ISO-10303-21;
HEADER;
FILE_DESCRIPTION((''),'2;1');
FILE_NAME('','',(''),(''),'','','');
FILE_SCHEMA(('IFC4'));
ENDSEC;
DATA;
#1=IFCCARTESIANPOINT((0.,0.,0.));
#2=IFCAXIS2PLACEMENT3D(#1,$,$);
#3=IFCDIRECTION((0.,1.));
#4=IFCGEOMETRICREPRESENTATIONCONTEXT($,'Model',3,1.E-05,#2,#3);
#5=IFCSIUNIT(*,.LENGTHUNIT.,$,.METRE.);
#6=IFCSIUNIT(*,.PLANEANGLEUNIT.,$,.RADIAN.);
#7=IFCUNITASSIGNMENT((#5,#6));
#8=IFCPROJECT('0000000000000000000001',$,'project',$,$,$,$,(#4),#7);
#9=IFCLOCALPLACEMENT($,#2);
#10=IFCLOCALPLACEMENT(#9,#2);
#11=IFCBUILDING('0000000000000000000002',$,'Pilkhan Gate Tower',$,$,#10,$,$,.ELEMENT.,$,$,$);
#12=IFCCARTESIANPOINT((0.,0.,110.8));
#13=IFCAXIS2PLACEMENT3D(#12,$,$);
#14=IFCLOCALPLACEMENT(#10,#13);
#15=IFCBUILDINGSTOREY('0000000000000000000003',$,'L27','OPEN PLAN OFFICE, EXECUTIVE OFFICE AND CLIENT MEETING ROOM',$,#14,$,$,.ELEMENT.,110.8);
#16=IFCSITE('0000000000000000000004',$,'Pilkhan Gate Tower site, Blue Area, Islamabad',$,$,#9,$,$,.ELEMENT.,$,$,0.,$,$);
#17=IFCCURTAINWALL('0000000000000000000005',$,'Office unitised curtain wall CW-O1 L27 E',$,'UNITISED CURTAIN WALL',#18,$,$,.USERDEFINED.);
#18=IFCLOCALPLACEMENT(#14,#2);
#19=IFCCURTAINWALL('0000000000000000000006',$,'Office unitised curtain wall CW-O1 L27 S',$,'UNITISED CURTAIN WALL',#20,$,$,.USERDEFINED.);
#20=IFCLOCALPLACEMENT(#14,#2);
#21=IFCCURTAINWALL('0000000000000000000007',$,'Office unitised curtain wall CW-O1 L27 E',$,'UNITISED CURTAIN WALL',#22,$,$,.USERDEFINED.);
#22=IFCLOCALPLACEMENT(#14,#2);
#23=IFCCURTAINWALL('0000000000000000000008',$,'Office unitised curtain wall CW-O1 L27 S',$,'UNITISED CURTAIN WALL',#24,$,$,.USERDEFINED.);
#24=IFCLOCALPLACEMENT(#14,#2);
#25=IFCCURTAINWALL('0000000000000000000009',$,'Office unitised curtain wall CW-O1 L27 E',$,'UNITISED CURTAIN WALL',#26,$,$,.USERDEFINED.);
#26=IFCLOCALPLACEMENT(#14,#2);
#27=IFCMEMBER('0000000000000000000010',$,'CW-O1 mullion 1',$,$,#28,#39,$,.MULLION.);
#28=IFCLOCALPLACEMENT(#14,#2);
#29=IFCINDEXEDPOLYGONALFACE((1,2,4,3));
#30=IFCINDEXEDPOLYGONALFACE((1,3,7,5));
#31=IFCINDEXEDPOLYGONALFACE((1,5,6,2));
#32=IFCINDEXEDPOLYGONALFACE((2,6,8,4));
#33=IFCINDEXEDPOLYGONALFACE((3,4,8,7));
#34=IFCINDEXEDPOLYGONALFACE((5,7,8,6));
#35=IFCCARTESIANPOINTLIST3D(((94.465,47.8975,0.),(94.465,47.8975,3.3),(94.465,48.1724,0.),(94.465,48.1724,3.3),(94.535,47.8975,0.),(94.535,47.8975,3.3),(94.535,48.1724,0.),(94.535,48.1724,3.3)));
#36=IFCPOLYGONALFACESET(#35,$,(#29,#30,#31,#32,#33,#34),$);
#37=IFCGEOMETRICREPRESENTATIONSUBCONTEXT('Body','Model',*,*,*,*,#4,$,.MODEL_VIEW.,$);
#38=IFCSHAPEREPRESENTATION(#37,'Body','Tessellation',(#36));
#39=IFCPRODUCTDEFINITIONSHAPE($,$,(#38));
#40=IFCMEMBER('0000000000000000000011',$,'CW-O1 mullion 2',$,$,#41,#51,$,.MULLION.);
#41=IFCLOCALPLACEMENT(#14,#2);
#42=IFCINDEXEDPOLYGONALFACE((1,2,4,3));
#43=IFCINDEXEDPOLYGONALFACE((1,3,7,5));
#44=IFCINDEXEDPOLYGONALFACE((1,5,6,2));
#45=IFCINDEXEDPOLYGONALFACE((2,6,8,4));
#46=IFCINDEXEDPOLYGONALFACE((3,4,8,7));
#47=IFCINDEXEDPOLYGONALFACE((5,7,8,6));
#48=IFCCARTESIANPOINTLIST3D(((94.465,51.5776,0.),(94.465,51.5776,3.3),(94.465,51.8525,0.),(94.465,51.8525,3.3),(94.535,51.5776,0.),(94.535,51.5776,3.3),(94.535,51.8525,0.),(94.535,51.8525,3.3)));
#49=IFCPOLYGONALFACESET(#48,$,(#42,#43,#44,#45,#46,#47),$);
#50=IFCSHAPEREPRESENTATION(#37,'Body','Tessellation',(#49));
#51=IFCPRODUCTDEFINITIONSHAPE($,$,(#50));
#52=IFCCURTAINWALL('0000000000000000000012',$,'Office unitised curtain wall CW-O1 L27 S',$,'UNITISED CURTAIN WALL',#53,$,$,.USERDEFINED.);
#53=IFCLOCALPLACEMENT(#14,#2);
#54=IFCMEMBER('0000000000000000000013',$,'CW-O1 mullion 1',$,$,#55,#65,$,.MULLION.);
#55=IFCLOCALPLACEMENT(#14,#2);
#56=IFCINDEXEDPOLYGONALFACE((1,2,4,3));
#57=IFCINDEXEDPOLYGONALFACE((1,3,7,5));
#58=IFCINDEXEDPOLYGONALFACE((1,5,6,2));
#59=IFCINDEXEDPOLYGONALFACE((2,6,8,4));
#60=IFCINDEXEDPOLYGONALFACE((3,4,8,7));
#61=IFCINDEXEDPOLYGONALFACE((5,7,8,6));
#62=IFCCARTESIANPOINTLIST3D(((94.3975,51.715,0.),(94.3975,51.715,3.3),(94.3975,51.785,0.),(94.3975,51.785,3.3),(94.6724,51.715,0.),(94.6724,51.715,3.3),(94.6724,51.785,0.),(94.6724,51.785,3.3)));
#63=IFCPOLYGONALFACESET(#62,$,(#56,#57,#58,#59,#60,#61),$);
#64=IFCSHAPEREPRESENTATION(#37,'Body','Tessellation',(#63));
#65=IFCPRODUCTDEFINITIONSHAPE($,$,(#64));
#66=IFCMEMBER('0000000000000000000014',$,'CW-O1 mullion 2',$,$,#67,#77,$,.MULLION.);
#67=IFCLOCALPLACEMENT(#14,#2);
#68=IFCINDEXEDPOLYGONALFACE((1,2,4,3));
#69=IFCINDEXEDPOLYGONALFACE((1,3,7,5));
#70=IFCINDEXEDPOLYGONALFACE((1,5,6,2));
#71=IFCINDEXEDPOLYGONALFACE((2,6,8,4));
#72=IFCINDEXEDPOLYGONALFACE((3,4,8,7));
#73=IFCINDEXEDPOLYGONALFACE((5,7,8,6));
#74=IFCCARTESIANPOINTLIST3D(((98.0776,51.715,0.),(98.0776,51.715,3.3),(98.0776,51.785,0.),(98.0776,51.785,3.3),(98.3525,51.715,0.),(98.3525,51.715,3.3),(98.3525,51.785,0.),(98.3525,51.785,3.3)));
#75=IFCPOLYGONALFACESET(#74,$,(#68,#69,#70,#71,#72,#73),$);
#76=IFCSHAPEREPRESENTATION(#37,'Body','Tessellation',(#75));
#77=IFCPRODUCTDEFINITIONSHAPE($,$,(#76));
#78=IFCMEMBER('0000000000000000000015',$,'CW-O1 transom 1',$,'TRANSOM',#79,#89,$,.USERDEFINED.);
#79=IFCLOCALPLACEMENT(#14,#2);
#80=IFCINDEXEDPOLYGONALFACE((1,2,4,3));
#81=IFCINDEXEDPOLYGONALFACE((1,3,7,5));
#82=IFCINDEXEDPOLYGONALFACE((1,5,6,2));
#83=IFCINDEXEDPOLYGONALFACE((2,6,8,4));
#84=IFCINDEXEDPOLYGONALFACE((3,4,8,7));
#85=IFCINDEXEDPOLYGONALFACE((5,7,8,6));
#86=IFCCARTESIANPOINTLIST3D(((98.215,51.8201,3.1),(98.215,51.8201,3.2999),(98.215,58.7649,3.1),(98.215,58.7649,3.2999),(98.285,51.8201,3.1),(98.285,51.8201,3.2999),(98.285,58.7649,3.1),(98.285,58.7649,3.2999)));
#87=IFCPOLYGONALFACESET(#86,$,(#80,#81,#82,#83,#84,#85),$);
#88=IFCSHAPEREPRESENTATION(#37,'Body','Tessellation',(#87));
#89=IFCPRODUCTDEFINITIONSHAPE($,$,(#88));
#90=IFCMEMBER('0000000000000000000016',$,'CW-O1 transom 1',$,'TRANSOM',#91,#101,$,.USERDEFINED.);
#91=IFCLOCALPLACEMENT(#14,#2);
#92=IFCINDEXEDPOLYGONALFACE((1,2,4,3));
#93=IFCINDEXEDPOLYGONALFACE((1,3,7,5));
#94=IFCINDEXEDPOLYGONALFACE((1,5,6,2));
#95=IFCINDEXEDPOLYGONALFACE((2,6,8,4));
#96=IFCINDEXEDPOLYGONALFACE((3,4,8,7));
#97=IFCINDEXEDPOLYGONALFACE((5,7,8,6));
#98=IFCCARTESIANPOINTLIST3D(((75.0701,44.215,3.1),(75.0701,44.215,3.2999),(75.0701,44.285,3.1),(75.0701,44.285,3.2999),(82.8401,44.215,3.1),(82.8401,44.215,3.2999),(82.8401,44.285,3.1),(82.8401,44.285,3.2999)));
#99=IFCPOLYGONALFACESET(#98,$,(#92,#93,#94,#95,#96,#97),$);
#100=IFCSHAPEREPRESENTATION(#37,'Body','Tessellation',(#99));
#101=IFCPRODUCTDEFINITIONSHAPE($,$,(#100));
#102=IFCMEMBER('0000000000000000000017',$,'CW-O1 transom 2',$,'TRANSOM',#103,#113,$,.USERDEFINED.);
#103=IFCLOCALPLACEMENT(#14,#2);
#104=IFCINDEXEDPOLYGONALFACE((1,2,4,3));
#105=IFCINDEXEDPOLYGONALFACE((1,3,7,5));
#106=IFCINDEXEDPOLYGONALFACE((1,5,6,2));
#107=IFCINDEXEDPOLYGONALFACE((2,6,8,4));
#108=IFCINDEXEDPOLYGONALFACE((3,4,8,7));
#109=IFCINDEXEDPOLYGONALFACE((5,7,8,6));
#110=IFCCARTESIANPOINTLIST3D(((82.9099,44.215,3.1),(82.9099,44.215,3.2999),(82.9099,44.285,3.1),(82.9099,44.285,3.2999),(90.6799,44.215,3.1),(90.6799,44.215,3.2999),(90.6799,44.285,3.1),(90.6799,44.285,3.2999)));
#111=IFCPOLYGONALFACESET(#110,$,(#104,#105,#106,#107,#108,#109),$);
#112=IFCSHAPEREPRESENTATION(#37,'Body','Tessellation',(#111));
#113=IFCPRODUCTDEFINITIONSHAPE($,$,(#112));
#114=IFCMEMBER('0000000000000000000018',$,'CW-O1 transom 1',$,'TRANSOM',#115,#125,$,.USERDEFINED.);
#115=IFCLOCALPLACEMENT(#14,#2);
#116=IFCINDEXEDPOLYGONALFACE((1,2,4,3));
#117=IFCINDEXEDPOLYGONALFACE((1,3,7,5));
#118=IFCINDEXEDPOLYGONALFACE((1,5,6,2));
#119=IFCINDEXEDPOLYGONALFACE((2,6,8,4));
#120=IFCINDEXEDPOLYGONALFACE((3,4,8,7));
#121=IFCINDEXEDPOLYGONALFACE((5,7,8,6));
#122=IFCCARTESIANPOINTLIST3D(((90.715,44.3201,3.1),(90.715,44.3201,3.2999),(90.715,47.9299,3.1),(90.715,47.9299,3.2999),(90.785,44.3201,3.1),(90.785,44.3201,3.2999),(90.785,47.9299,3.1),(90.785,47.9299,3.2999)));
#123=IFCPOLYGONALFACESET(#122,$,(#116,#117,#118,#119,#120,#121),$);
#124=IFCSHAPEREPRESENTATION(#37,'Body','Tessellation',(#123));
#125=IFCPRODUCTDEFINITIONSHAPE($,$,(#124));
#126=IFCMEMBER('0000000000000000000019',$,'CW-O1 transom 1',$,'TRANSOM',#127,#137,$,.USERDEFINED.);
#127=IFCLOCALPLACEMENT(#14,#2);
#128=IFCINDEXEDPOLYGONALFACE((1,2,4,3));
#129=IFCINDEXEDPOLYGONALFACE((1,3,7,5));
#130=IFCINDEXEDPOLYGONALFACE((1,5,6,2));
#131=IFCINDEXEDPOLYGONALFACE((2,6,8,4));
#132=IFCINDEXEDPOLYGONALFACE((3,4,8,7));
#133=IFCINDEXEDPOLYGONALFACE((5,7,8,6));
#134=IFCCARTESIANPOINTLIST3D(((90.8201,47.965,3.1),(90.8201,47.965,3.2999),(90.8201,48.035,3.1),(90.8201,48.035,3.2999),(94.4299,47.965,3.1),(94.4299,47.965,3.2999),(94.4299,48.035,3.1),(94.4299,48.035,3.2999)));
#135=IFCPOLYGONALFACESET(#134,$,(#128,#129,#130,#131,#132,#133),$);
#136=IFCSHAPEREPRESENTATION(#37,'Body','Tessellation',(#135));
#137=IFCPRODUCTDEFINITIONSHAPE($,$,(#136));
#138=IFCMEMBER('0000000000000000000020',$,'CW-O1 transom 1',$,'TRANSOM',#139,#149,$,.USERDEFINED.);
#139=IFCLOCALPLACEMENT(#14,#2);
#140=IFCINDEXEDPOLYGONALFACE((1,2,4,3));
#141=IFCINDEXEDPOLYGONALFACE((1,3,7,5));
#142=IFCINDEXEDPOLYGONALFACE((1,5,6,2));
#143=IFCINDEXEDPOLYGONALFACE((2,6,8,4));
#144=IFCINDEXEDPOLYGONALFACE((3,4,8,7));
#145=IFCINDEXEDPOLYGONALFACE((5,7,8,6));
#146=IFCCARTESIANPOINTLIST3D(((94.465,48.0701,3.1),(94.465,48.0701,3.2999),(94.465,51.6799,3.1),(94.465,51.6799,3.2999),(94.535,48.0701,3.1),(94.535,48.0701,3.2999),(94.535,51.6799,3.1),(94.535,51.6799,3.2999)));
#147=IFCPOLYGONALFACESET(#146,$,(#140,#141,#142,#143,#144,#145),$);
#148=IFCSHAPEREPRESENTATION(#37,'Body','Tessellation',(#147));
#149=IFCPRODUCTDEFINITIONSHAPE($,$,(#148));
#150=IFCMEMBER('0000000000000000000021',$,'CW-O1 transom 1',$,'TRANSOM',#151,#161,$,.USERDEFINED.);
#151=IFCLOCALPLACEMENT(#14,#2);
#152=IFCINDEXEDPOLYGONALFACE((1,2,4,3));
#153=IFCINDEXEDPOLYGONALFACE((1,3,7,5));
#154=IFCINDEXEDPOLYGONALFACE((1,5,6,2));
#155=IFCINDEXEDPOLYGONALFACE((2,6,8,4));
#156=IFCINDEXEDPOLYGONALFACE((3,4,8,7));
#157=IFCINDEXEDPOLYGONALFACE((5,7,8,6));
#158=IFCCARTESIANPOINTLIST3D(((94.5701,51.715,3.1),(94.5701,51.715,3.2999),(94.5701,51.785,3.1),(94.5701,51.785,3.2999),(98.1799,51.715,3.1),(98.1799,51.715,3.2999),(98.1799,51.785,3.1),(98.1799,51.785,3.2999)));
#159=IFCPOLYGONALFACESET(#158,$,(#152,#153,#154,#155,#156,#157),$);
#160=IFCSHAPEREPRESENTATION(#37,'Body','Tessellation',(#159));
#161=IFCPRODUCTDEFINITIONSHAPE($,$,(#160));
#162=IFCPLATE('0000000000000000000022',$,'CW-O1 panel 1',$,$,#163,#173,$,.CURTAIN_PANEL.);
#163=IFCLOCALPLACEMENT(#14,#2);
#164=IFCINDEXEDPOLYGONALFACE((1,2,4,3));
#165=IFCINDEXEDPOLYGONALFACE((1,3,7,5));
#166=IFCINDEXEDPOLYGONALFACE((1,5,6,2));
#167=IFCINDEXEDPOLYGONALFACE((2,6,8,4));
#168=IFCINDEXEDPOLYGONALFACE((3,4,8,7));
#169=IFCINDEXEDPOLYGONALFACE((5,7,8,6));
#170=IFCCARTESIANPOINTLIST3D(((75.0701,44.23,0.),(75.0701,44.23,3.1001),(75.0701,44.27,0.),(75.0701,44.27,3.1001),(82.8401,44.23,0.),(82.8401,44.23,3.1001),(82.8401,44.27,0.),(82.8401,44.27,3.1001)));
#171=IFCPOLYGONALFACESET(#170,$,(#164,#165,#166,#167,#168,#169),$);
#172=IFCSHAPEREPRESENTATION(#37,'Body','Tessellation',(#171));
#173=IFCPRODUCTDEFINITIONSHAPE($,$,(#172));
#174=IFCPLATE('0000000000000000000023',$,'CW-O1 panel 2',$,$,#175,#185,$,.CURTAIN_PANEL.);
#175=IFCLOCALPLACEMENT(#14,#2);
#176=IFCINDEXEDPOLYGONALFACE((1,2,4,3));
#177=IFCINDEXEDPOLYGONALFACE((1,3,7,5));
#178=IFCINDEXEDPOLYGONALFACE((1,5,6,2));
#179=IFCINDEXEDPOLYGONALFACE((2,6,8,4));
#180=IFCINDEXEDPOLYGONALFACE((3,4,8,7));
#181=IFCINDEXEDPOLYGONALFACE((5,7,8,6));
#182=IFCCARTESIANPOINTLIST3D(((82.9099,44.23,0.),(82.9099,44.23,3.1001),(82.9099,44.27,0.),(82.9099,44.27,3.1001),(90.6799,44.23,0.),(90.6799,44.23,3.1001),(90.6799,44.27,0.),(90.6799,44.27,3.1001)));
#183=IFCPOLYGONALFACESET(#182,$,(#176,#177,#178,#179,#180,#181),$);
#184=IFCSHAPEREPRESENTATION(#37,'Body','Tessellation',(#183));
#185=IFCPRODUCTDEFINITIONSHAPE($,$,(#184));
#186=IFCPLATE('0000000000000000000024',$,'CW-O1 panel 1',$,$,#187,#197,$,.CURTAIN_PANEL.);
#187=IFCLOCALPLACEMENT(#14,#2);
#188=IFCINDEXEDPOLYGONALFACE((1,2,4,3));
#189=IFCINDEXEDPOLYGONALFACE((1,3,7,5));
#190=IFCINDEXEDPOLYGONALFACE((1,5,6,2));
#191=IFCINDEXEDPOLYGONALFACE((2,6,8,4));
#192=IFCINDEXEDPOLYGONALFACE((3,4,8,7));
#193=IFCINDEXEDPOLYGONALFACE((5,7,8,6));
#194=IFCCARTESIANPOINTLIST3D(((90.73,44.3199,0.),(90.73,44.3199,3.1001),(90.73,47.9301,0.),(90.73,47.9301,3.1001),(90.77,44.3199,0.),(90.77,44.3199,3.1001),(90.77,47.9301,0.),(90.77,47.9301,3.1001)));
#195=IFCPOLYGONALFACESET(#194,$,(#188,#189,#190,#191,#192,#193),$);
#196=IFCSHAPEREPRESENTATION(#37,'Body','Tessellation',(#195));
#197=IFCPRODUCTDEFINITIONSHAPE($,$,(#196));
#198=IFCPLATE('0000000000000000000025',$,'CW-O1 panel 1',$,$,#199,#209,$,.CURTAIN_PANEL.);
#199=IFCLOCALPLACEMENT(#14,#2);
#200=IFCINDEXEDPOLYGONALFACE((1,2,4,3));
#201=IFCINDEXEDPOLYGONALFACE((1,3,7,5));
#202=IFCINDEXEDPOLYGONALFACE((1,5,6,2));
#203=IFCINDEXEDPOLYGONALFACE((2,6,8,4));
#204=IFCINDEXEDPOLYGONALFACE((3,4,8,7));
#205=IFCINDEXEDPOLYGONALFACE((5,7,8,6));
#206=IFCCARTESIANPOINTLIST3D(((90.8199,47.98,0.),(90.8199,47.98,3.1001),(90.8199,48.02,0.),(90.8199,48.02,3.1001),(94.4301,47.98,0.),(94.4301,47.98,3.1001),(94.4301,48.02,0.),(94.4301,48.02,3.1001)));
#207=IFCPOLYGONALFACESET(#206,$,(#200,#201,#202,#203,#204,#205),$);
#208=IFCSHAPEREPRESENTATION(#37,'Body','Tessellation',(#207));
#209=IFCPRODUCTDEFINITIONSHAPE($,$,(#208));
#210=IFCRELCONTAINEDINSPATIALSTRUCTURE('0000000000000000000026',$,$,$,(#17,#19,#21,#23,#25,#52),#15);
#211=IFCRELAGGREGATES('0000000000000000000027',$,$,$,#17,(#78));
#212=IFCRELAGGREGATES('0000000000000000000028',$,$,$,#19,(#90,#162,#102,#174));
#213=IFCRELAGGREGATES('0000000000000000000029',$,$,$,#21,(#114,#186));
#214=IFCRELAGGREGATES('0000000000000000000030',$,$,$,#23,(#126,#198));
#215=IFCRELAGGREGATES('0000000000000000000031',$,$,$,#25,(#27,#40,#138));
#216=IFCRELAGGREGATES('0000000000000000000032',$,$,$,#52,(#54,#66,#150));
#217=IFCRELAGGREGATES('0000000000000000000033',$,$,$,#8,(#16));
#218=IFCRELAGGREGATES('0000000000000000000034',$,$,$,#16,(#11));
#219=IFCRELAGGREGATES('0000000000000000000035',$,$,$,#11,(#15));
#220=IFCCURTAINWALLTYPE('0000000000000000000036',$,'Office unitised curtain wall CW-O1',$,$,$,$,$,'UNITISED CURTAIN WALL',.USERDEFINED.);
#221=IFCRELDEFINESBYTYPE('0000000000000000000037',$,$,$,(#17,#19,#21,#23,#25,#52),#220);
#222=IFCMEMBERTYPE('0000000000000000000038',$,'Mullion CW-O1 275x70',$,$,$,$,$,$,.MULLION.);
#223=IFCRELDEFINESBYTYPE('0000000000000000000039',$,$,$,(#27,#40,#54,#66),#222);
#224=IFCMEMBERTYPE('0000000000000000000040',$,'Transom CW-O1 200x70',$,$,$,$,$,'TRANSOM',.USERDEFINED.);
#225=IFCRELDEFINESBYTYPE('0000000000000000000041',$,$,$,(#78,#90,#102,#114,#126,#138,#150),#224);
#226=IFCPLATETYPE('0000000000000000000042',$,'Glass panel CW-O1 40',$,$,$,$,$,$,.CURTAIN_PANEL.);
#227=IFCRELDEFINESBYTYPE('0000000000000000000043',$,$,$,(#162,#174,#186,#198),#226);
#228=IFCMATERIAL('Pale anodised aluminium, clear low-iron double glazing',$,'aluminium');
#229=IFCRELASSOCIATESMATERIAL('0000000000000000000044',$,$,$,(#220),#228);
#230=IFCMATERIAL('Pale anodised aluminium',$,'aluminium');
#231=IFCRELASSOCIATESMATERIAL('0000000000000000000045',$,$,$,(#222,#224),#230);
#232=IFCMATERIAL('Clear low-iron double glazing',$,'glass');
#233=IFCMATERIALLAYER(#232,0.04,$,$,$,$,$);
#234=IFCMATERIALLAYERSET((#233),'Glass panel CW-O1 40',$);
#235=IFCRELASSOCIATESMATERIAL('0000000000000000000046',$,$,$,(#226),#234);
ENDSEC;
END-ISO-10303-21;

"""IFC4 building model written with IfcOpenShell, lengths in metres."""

from ifc_helpers import new_model, si_unit, direction, frame, origin, origin_2d, place, context, subcontext, project, spatial, rectangle, extrude, material, layer, layer_set, material_profile, profile_set, type_object, element, aggregate, save


model = new_model("IFC4")

# Units and contexts
model_context = context("Model", 3, precision=1e-05, world=origin(), true_north=direction((0.0, 1.0)))
body_context = subcontext(model_context, "Body", "Model", "MODEL_VIEW")
ifc_project = project(units=[si_unit("LENGTHUNIT", "METRE"), si_unit("PLANEANGLEUNIT", "RADIAN")], contexts=[model_context])

# Site, building, storey
site_placement = place(None, origin())
site = spatial("IfcSite", under=ifc_project, at=site_placement, Name="Pilkhan Gate Tower site, Blue Area, Islamabad", CompositionType="ELEMENT", RefElevation=0.0)
building_placement = place(site_placement, origin())
building = spatial("IfcBuilding", under=site, at=building_placement, Name="Pilkhan Gate Tower", CompositionType="ELEMENT")
storey_placement = place(building_placement, frame((0.0, 0.0, 110.8)))
storey = spatial("IfcBuildingStorey", under=building, at=storey_placement, Name="L27", Description="OPEN PLAN OFFICE, EXECUTIVE OFFICE AND CLIENT MEETING ROOM", CompositionType="ELEMENT", Elevation=110.8)

# Curtain wall
ifc_material_1 = material(Name="Pale anodised aluminium, clear low-iron double glazing", Category="aluminium")
curtain_wall_type = type_object("IfcCurtainWallType", Name="Office unitised curtain wall CW-O1", ElementType="UNITISED CURTAIN WALL", PredefinedType="USERDEFINED", material=ifc_material_1)
curtain_wall_1_placement = place(storey_placement, origin())
curtain_wall_1 = element("IfcCurtainWall", 1, at=curtain_wall_1_placement, inside=storey, type_object=curtain_wall_type, Name="Office unitised curtain wall CW-O1 L27 E", ObjectType="UNITISED CURTAIN WALL", PredefinedType="USERDEFINED")
ifc_material_2 = material(Name="Pale anodised aluminium", Category="aluminium")
ifc_material_profile_1 = material_profile(ifc_material_2, rectangle(XDim=0.0701, YDim=0.2749, at=origin_2d()), Name="Mullion 275x70")
ifc_profile_set_1 = profile_set([ifc_material_profile_1], Name="Pale anodised aluminium")
member_type_1 = type_object("IfcMemberType", Name="Mullion CW-O1 275x70", PredefinedType="MULLION", material=ifc_profile_set_1)

# Curtain walls, members
curtain_wall_2_placement = place(storey_placement, origin())
curtain_wall_2 = element("IfcCurtainWall", 2, at=curtain_wall_2_placement, inside=storey, type_object=curtain_wall_type, Name="Office unitised curtain wall CW-O1 L27 S", ObjectType="UNITISED CURTAIN WALL", PredefinedType="USERDEFINED")
curtain_wall_3_placement = place(storey_placement, origin())
curtain_wall_3 = element("IfcCurtainWall", 3, at=curtain_wall_3_placement, inside=storey, type_object=curtain_wall_type, Name="Office unitised curtain wall CW-O1 L27 E", ObjectType="UNITISED CURTAIN WALL", PredefinedType="USERDEFINED")
curtain_wall_4_placement = place(storey_placement, origin())
curtain_wall_4 = element("IfcCurtainWall", 4, at=curtain_wall_4_placement, inside=storey, type_object=curtain_wall_type, Name="Office unitised curtain wall CW-O1 L27 S", ObjectType="UNITISED CURTAIN WALL", PredefinedType="USERDEFINED")
curtain_wall_5_placement = place(storey_placement, origin())
curtain_wall_5 = element("IfcCurtainWall", 5, at=curtain_wall_5_placement, inside=storey, type_object=curtain_wall_type, Name="Office unitised curtain wall CW-O1 L27 E", ObjectType="UNITISED CURTAIN WALL", PredefinedType="USERDEFINED")
member_1_placement = place(storey_placement, frame((94.5, 48.0349, 0.0), z_axis=(0.0, 0.0, 1.0), x_axis=(-1.0, 0.0, 0.0)))
member_1 = element("IfcMember", 6, at=member_1_placement, type_object=member_type_1, Name="CW-O1 mullion 1", PredefinedType="MULLION", context=body_context, shape_type="SweptSolid", body=[
    extrude(rectangle(XDim=0.0701, YDim=0.2749, at=origin_2d()), origin(), (0.0, 0.0, 1.0), 3.3),
])
member_2_placement = place(storey_placement, frame((94.5, 51.7151, 0.0), z_axis=(0.0, 0.0, 1.0), x_axis=(-1.0, 0.0, 0.0)))
member_2 = element("IfcMember", 7, at=member_2_placement, type_object=member_type_1, Name="CW-O1 mullion 2", PredefinedType="MULLION", context=body_context, shape_type="SweptSolid", body=[
    extrude(rectangle(XDim=0.0701, YDim=0.2749, at=origin_2d()), origin(), (0.0, 0.0, 1.0), 3.3),
])
curtain_wall_6_placement = place(storey_placement, origin())
curtain_wall_6 = element("IfcCurtainWall", 8, at=curtain_wall_6_placement, inside=storey, type_object=curtain_wall_type, Name="Office unitised curtain wall CW-O1 L27 S", ObjectType="UNITISED CURTAIN WALL", PredefinedType="USERDEFINED")
member_3_placement = place(storey_placement, frame((94.5349, 51.75, 0.0), z_axis=(0.0, 0.0, 1.0), x_axis=(0.0, 1.0, 0.0)))
member_3 = element("IfcMember", 9, at=member_3_placement, type_object=member_type_1, Name="CW-O1 mullion 1", PredefinedType="MULLION", context=body_context, shape_type="SweptSolid", body=[
    extrude(rectangle(XDim=0.0701, YDim=0.2749, at=origin_2d()), origin(), (0.0, 0.0, 1.0), 3.3),
])
member_4_placement = place(storey_placement, frame((98.2151, 51.75, 0.0), z_axis=(0.0, 0.0, 1.0), x_axis=(0.0, 1.0, 0.0)))
member_4 = element("IfcMember", 10, at=member_4_placement, type_object=member_type_1, Name="CW-O1 mullion 2", PredefinedType="MULLION", context=body_context, shape_type="SweptSolid", body=[
    extrude(rectangle(XDim=0.0701, YDim=0.2749, at=origin_2d()), origin(), (0.0, 0.0, 1.0), 3.3),
])

# Members
ifc_material_profile_2 = material_profile(ifc_material_2, rectangle(XDim=0.0701, YDim=0.2, at=origin_2d()), Name="Transom 200x70")
ifc_profile_set_2 = profile_set([ifc_material_profile_2], Name="Pale anodised aluminium")
member_type_2 = type_object("IfcMemberType", Name="Transom CW-O1 200x70", ElementType="TRANSOM", PredefinedType="USERDEFINED", material=ifc_profile_set_2)
member_5_placement = place(storey_placement, frame((98.25, 51.8201, 3.2), z_axis=(0.0, 1.0, 0.0), x_axis=(-1.0, 0.0, 0.0)))
member_5 = element("IfcMember", 11, at=member_5_placement, type_object=member_type_2, Name="CW-O1 transom 1", ObjectType="TRANSOM", PredefinedType="USERDEFINED", context=body_context, shape_type="SweptSolid", body=[
    extrude(rectangle(XDim=0.0701, YDim=0.2, at=origin_2d()), origin(), (0.0, 0.0, 1.0), 6.9448),
])
aggregate(curtain_wall_1, [member_5])
member_6_placement = place(storey_placement, frame((75.0701, 44.25, 3.2), z_axis=(1.0, 0.0, 0.0), x_axis=(0.0, 1.0, 0.0)))
member_6 = element("IfcMember", 12, at=member_6_placement, type_object=member_type_2, Name="CW-O1 transom 1", ObjectType="TRANSOM", PredefinedType="USERDEFINED", context=body_context, shape_type="SweptSolid", body=[
    extrude(rectangle(XDim=0.0701, YDim=0.2, at=origin_2d()), origin(), (0.0, 0.0, 1.0), 7.77),
])
member_7_placement = place(storey_placement, frame((82.9099, 44.25, 3.2), z_axis=(1.0, 0.0, 0.0), x_axis=(0.0, 1.0, 0.0)))
member_7 = element("IfcMember", 13, at=member_7_placement, type_object=member_type_2, Name="CW-O1 transom 2", ObjectType="TRANSOM", PredefinedType="USERDEFINED", context=body_context, shape_type="SweptSolid", body=[
    extrude(rectangle(XDim=0.0701, YDim=0.2, at=origin_2d()), origin(), (0.0, 0.0, 1.0), 7.77),
])
member_8_placement = place(storey_placement, frame((90.75, 44.3201, 3.2), z_axis=(0.0, 1.0, 0.0), x_axis=(-1.0, 0.0, 0.0)))
member_8 = element("IfcMember", 14, at=member_8_placement, type_object=member_type_2, Name="CW-O1 transom 1", ObjectType="TRANSOM", PredefinedType="USERDEFINED", context=body_context, shape_type="SweptSolid", body=[
    extrude(rectangle(XDim=0.0701, YDim=0.2, at=origin_2d()), origin(), (0.0, 0.0, 1.0), 3.6099),
])
member_9_placement = place(storey_placement, frame((90.8201, 48.0, 3.2), z_axis=(1.0, 0.0, 0.0), x_axis=(0.0, 1.0, 0.0)))
member_9 = element("IfcMember", 15, at=member_9_placement, type_object=member_type_2, Name="CW-O1 transom 1", ObjectType="TRANSOM", PredefinedType="USERDEFINED", context=body_context, shape_type="SweptSolid", body=[
    extrude(rectangle(XDim=0.0701, YDim=0.2, at=origin_2d()), origin(), (0.0, 0.0, 1.0), 3.6099),
])
member_10_placement = place(storey_placement, frame((94.5, 48.0701, 3.2), z_axis=(0.0, 1.0, 0.0), x_axis=(-1.0, 0.0, 0.0)))
member_10 = element("IfcMember", 16, at=member_10_placement, type_object=member_type_2, Name="CW-O1 transom 1", ObjectType="TRANSOM", PredefinedType="USERDEFINED", context=body_context, shape_type="SweptSolid", body=[
    extrude(rectangle(XDim=0.0701, YDim=0.2, at=origin_2d()), origin(), (0.0, 0.0, 1.0), 3.6099),
])
member_11_placement = place(storey_placement, frame((94.5701, 51.75, 3.2), z_axis=(1.0, 0.0, 0.0), x_axis=(0.0, 1.0, 0.0)))
member_11 = element("IfcMember", 17, at=member_11_placement, type_object=member_type_2, Name="CW-O1 transom 1", ObjectType="TRANSOM", PredefinedType="USERDEFINED", context=body_context, shape_type="SweptSolid", body=[
    extrude(rectangle(XDim=0.0701, YDim=0.2, at=origin_2d()), origin(), (0.0, 0.0, 1.0), 3.6099),
])

# Plates
ifc_material_3 = material(Name="Clear low-iron double glazing", Category="glass")
ifc_layer_1 = layer(ifc_material_3, 0.04)
ifc_layer_set_1 = layer_set([ifc_layer_1], Name="Glass panel CW-O1 40")
plate_type = type_object("IfcPlateType", Name="Glass panel CW-O1 40", PredefinedType="CURTAIN_PANEL", material=ifc_layer_set_1)
plate_1_placement = place(storey_placement, frame((78.9551, 44.25, 0.0), z_axis=(0.0, 0.0, 1.0), x_axis=(1.0, 0.0, 0.0)))
plate_1 = element("IfcPlate", 18, at=plate_1_placement, type_object=plate_type, Name="CW-O1 panel 1", PredefinedType="CURTAIN_PANEL", context=body_context, shape_type="SweptSolid", body=[
    extrude(rectangle(XDim=7.77, YDim=0.04, at=origin_2d()), origin(), (0.0, 0.0, 1.0), 3.1001),
])
plate_2_placement = place(storey_placement, frame((86.7949, 44.25, 0.0), z_axis=(0.0, 0.0, 1.0), x_axis=(1.0, 0.0, 0.0)))
plate_2 = element("IfcPlate", 19, at=plate_2_placement, type_object=plate_type, Name="CW-O1 panel 2", PredefinedType="CURTAIN_PANEL", context=body_context, shape_type="SweptSolid", body=[
    extrude(rectangle(XDim=7.77, YDim=0.04, at=origin_2d()), origin(), (0.0, 0.0, 1.0), 3.1001),
])
aggregate(curtain_wall_2, [member_6, plate_1, member_7, plate_2])
plate_3_placement = place(storey_placement, frame((90.75, 46.125, 0.0), z_axis=(0.0, 0.0, 1.0), x_axis=(0.0, 1.0, 0.0)))
plate_3 = element("IfcPlate", 20, at=plate_3_placement, type_object=plate_type, Name="CW-O1 panel 1", PredefinedType="CURTAIN_PANEL", context=body_context, shape_type="SweptSolid", body=[
    extrude(rectangle(XDim=3.6101, YDim=0.04, at=origin_2d()), origin(), (0.0, 0.0, 1.0), 3.1001),
])
aggregate(curtain_wall_3, [member_8, plate_3])
plate_4_placement = place(storey_placement, frame((92.625, 48.0, 0.0), z_axis=(0.0, 0.0, 1.0), x_axis=(1.0, 0.0, 0.0)))
plate_4 = element("IfcPlate", 21, at=plate_4_placement, type_object=plate_type, Name="CW-O1 panel 1", PredefinedType="CURTAIN_PANEL", context=body_context, shape_type="SweptSolid", body=[
    extrude(rectangle(XDim=3.6101, YDim=0.04, at=origin_2d()), origin(), (0.0, 0.0, 1.0), 3.1001),
])
aggregate(curtain_wall_4, [member_9, plate_4])
aggregate(curtain_wall_5, [member_1, member_2, member_10])
aggregate(curtain_wall_6, [member_3, member_4, member_11])

save(model, "model.ifc")
